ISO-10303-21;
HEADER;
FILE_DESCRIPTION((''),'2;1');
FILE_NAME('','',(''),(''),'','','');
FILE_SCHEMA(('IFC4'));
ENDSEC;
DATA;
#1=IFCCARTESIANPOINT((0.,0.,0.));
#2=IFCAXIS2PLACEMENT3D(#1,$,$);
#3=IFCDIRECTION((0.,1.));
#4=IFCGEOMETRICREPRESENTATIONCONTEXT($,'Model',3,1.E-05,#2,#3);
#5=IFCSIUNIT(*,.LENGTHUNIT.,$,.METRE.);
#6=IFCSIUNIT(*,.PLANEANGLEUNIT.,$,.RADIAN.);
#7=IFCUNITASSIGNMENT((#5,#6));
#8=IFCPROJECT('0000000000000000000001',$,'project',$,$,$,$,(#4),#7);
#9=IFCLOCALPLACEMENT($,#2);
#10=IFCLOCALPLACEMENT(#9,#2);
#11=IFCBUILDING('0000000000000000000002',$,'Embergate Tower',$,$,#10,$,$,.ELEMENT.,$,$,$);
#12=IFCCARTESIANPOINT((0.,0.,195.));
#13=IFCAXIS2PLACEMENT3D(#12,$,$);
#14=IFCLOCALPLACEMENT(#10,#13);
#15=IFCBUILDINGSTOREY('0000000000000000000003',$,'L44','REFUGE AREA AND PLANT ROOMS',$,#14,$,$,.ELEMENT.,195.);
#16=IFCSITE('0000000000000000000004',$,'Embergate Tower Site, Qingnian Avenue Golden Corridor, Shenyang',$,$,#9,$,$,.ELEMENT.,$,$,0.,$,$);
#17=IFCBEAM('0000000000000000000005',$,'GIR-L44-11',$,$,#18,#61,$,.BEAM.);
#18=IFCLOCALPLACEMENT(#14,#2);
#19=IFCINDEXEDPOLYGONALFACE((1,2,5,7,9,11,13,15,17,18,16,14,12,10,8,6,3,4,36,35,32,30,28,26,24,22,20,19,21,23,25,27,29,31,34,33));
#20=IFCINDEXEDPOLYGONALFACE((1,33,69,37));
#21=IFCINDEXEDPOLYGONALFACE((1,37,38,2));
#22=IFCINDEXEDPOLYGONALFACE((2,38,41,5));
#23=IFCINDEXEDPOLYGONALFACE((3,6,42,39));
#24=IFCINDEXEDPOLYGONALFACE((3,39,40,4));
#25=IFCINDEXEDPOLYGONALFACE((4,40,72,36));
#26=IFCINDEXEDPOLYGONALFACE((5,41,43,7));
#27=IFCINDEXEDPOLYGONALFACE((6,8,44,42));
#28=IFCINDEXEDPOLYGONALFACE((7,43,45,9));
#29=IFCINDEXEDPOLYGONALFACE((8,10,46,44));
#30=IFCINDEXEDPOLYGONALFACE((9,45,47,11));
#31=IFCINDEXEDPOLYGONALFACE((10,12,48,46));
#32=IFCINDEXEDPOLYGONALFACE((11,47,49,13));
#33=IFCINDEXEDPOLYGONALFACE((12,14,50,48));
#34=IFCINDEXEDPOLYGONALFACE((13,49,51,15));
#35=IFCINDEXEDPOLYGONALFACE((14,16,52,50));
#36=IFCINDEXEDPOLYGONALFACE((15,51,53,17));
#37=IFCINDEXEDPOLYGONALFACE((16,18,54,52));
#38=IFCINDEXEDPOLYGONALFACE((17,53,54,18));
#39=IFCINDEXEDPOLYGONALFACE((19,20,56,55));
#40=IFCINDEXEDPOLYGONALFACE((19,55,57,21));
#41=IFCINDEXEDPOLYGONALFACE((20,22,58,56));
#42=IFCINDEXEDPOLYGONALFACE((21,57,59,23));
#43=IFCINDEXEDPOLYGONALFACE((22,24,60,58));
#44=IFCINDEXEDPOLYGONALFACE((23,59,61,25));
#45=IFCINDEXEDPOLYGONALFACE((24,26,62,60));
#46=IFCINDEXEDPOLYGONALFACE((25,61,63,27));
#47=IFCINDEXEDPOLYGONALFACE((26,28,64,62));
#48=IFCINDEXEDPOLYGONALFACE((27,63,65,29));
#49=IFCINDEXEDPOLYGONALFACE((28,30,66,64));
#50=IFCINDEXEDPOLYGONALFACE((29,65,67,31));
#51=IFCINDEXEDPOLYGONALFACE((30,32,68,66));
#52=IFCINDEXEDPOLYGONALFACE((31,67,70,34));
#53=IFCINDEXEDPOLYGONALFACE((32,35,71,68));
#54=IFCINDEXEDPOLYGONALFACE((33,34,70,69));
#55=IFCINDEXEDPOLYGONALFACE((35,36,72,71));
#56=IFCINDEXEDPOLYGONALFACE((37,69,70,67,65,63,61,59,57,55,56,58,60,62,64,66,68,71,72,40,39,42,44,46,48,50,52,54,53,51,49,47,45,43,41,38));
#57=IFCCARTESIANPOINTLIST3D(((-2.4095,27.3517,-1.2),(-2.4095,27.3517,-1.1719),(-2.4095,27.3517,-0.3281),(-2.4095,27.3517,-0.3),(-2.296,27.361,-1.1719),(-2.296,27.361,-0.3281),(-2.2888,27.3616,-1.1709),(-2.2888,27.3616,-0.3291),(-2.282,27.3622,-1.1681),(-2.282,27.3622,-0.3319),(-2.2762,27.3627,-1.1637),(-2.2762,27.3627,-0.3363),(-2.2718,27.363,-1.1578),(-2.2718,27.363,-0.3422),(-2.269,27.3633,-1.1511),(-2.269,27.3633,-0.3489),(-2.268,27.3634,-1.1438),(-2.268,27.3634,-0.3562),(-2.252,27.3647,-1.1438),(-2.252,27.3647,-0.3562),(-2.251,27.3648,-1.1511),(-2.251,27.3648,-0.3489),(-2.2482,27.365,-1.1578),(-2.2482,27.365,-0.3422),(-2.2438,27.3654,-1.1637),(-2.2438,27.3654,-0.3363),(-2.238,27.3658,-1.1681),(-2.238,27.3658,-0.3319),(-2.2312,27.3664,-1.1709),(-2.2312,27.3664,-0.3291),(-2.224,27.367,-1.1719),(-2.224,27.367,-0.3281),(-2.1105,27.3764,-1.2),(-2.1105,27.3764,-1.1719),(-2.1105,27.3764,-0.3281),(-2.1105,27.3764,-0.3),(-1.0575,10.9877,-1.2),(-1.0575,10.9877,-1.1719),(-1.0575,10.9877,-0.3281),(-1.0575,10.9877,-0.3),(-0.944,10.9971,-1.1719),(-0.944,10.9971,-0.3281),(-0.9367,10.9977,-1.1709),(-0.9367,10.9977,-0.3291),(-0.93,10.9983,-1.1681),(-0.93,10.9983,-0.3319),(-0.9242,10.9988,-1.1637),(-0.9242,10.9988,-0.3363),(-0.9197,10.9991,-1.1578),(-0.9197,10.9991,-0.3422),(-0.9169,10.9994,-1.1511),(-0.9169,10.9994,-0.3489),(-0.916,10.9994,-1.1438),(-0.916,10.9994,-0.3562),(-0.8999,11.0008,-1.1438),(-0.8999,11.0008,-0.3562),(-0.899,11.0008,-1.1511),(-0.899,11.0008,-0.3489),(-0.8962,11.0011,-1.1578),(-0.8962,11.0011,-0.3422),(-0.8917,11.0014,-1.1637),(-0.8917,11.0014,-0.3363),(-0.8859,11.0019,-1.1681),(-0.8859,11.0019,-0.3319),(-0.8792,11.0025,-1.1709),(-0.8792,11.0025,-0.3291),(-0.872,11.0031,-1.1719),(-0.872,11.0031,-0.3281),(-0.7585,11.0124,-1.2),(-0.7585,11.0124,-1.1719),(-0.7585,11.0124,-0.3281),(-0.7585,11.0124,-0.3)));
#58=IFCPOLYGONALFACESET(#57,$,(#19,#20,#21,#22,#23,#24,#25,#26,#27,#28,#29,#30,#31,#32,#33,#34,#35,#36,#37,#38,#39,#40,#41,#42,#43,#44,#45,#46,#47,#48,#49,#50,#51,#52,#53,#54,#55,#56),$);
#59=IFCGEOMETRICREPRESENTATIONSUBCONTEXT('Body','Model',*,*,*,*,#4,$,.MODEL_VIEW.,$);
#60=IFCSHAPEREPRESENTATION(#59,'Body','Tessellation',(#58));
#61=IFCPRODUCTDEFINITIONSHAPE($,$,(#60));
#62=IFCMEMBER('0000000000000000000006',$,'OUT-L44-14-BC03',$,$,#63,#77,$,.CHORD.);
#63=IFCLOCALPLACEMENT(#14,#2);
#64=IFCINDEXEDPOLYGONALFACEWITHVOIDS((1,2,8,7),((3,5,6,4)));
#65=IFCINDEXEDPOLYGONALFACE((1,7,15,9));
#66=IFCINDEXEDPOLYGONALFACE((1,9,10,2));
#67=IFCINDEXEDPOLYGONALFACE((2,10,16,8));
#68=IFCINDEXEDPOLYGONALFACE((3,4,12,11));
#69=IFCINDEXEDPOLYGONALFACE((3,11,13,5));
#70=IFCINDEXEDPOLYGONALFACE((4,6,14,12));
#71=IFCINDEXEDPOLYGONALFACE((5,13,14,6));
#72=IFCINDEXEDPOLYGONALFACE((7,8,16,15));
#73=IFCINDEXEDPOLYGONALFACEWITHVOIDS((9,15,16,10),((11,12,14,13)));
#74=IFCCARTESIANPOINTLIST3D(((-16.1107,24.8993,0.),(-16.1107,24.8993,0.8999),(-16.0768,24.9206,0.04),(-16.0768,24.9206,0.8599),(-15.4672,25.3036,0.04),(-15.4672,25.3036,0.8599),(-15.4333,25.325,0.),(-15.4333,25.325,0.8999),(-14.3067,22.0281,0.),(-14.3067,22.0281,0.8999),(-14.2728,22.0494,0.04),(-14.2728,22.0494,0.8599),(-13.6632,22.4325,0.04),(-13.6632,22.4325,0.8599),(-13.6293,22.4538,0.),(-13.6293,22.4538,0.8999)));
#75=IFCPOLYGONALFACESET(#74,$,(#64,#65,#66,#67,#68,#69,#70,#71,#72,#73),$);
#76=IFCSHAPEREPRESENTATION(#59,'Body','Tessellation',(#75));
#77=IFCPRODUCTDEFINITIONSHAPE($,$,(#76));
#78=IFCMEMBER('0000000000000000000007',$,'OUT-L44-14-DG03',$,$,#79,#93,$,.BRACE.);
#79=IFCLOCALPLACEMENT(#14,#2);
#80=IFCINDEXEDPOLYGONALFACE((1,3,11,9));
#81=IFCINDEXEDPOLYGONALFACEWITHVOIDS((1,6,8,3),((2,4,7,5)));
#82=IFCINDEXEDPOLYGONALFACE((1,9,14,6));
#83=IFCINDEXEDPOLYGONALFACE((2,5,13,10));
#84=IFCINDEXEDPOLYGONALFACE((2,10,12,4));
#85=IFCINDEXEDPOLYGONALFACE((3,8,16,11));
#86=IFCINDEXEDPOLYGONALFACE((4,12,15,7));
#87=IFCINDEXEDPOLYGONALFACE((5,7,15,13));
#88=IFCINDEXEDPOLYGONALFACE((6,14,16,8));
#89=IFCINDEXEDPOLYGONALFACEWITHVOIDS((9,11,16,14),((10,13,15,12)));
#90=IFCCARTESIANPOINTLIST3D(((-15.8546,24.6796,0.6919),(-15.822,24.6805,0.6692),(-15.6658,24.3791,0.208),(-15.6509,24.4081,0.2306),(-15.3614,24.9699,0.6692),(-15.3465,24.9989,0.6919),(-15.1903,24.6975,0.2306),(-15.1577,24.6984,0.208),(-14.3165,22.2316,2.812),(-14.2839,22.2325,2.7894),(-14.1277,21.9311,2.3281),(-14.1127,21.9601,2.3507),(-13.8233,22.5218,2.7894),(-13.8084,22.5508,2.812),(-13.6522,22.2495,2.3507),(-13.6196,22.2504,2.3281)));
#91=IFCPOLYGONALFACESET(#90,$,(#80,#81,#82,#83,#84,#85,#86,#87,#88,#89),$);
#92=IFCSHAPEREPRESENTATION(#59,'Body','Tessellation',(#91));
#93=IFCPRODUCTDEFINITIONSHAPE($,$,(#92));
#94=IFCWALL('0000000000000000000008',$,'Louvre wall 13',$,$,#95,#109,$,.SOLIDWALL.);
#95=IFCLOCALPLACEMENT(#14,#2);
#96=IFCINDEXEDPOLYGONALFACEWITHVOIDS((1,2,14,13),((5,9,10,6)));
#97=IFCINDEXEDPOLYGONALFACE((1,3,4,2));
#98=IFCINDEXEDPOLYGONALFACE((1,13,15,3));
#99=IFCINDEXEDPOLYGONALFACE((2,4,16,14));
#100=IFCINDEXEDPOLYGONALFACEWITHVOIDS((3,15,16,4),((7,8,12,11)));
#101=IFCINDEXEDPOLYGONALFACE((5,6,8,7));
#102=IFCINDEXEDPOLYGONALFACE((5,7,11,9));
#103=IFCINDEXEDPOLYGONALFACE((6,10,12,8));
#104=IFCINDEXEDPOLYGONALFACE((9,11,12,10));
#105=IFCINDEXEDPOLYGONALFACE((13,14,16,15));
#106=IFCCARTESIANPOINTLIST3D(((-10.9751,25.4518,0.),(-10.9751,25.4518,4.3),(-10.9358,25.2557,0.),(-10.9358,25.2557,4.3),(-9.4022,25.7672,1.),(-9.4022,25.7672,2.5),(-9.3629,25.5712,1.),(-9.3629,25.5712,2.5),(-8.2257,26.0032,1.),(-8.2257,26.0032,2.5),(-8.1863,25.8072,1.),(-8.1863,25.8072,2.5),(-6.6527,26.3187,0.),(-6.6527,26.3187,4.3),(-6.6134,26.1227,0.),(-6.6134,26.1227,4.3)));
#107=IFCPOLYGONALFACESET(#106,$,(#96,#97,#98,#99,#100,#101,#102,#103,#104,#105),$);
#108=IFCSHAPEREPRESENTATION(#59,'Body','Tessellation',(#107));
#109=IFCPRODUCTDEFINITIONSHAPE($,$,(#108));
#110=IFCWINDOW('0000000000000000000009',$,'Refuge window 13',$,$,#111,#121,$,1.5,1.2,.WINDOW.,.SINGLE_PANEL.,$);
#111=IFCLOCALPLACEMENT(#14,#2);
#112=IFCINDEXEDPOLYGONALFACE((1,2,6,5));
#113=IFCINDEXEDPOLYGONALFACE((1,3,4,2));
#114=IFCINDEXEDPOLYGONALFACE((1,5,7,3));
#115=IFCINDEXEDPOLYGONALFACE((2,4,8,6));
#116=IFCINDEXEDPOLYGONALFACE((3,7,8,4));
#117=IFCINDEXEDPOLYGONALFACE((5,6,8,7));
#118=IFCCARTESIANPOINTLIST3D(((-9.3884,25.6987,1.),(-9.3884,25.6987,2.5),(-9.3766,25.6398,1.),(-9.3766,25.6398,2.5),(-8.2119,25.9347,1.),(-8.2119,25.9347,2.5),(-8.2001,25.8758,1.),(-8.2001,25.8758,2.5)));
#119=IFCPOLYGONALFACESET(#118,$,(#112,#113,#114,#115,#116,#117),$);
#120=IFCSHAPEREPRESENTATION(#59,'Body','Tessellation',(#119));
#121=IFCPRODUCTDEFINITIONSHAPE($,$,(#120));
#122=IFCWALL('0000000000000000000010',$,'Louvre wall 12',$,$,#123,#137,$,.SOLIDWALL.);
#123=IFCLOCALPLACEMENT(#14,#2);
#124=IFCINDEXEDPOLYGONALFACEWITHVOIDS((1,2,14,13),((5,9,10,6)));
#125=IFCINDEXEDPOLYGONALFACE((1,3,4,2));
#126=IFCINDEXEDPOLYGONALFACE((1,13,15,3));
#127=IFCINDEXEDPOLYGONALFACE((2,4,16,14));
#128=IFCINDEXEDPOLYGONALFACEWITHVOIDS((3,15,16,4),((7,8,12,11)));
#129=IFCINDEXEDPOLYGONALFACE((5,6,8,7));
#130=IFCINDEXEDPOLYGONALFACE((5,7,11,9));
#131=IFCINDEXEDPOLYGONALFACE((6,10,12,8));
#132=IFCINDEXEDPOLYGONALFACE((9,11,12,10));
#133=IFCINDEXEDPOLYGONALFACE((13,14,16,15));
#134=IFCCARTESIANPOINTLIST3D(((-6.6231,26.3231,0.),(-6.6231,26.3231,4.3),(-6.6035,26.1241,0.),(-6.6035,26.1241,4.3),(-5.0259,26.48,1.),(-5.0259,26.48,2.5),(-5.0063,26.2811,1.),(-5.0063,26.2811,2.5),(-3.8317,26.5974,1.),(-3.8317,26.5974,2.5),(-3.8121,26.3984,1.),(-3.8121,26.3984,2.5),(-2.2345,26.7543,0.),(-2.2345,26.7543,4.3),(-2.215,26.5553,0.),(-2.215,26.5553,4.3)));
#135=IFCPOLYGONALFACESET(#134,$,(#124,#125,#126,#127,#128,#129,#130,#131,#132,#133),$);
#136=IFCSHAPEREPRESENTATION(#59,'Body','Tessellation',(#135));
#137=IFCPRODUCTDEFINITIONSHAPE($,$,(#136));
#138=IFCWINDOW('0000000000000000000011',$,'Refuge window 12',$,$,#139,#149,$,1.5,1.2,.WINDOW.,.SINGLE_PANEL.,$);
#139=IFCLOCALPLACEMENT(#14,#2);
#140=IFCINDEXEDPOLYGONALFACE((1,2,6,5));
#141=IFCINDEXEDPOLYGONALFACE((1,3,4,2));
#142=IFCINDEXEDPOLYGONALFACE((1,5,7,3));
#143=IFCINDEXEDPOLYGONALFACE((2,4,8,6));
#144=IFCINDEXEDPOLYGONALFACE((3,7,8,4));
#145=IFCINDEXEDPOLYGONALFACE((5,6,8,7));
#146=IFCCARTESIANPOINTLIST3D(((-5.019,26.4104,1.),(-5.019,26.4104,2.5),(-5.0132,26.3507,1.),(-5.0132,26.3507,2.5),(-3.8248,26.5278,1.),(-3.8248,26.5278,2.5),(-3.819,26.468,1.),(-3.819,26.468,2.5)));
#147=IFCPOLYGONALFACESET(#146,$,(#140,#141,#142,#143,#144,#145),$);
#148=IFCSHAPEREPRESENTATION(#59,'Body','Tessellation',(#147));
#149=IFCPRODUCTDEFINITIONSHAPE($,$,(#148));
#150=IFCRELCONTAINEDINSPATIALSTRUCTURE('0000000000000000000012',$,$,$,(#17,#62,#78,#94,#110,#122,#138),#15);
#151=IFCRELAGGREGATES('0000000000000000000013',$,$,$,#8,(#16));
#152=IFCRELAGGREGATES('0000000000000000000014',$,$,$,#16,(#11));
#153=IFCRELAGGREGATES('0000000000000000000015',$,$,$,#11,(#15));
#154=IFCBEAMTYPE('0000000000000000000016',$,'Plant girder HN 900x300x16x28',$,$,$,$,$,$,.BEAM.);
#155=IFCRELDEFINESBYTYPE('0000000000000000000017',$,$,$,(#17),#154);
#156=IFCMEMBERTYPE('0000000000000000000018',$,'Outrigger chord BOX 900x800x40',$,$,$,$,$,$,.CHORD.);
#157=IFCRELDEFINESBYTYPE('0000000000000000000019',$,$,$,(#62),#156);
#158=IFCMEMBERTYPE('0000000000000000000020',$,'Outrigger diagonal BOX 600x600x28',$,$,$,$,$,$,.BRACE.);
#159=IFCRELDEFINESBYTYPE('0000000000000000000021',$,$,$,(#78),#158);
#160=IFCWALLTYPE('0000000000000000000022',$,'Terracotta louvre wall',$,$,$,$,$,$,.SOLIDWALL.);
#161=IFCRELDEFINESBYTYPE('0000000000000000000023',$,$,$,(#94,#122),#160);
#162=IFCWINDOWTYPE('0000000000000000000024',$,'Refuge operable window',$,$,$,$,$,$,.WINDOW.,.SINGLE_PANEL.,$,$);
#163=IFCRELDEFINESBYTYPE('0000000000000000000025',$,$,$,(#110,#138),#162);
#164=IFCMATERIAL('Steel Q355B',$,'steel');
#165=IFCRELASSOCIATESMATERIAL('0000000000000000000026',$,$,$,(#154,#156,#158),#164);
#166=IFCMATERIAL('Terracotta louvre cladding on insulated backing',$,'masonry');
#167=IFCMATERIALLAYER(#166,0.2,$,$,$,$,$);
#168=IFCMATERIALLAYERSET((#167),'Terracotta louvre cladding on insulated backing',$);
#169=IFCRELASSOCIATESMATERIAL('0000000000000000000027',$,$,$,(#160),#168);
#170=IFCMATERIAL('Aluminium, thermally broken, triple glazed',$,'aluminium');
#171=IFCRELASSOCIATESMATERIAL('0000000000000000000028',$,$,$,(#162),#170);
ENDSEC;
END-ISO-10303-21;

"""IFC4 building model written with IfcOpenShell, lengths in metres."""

from ifc_helpers import new_model, si_unit, direction, frame, frame_2d, origin, origin_2d, place, context, subcontext, project, spatial, rectangle, hollow_rectangle, i_section, extrude, source, transform, mapped, material, layer, layer_set, material_profile, profile_set, type_object, element, fill, save


model = new_model("IFC4")

# Units and contexts
model_context = context("Model", 3, precision=1e-05, world=origin(), true_north=direction((0.0, 1.0)))
body_context = subcontext(model_context, "Body", "Model", "MODEL_VIEW")
ifc_project = project(units=[si_unit("LENGTHUNIT", "METRE"), si_unit("PLANEANGLEUNIT", "RADIAN")], contexts=[model_context])

# Site, building, storey
site_placement = place(None, origin())
site = spatial("IfcSite", under=ifc_project, at=site_placement, Name="Embergate Tower Site, Qingnian Avenue Golden Corridor, Shenyang", CompositionType="ELEMENT", RefElevation=0.0)
building_placement = place(site_placement, origin())
building = spatial("IfcBuilding", under=site, at=building_placement, Name="Embergate Tower", CompositionType="ELEMENT")
storey_placement = place(building_placement, frame((0.0, 0.0, 195.0)))
storey = spatial("IfcBuildingStorey", under=building, at=storey_placement, Name="L44", Description="REFUGE AREA AND PLANT ROOMS", CompositionType="ELEMENT", Elevation=195.0)

# Beam
ifc_material_1 = material(Name="Steel Q355B", Category="steel")
ifc_material_profile_1 = material_profile(ifc_material_1, i_section(OverallWidth=0.3, OverallDepth=0.8999, WebThickness=0.0161, FlangeThickness=0.0281, FilletRadius=0.0281, at=origin_2d()), Name="HN 900x300x16x28")
ifc_profile_set_1 = profile_set([ifc_material_profile_1], Name="Steel Q355 grade B")
beam_type_1 = type_object("IfcBeamType", Name="Plant girder HN 900x300x16x28", PredefinedType="BEAM", material=ifc_profile_set_1)
shared_shape_1 = source(origin(), body_context, "Body", "SweptSolid", [
    extrude(i_section(OverallWidth=0.3, OverallDepth=0.8999, WebThickness=0.0161, FlangeThickness=0.0281, FilletRadius=0.0281, at=origin_2d()), origin(), (0.0, 0.0, 1.0), 16.4197),
])
beam_1_placement = place(storey_placement, frame((-2.26, 27.364, -0.75), z_axis=(0.082343, -0.996604, 0.0), x_axis=(0.996604, 0.082343, 0.0)))
element("IfcBeam", 1, at=beam_1_placement, inside=storey, type_object=beam_type_1, Name="GIR-L44-11", PredefinedType="BEAM", context=body_context, shape_type="MappedRepresentation", body=[
    mapped(shared_shape_1, transform((0.0, 0.0, 0.0))),
])

# Members
ifc_material_profile_2 = material_profile(ifc_material_1, hollow_rectangle(XDim=0.8, YDim=0.8999, WallThickness=0.04, at=origin_2d()), Name="BOX 900x800x40")
ifc_profile_set_2 = profile_set([ifc_material_profile_2], Name="Steel Q355 grade B")
member_type_1 = type_object("IfcMemberType", Name="Outrigger chord BOX 900x800x40", PredefinedType="CHORD", material=ifc_profile_set_2)
shared_shape_2 = source(origin(), body_context, "Body", "SweptSolid", [
    extrude(hollow_rectangle(XDim=0.8, YDim=0.8999, WallThickness=0.04, at=origin_2d()), origin(), (0.0, 0.0, 1.0), 3.3909),
])
member_1_placement = place(storey_placement, frame((-13.968, 22.241, 0.45), z_axis=(-0.532017, 0.846734, 0.0), x_axis=(-0.846734, -0.532017, 0.0)))
element("IfcMember", 2, at=member_1_placement, inside=storey, type_object=member_type_1, Name="OUT-L44-14-BC03", PredefinedType="CHORD", context=body_context, shape_type="MappedRepresentation", body=[
    mapped(shared_shape_2, transform((0.0, 0.0, 0.0))),
])
ifc_material_profile_3 = material_profile(ifc_material_1, hollow_rectangle(XDim=0.6001, YDim=0.6001, WallThickness=0.0281, at=origin_2d()), Name="BOX 600x600x28")
ifc_profile_set_3 = profile_set([ifc_material_profile_3], Name="Steel Q355 grade B")
member_type_2 = type_object("IfcMemberType", Name="Outrigger diagonal BOX 600x600x28", PredefinedType="BRACE", material=ifc_profile_set_3)
shared_shape_3 = source(origin(), body_context, "Body", "SweptSolid", [
    extrude(hollow_rectangle(XDim=0.6001, YDim=0.6001, WallThickness=0.0281, at=origin_2d()), origin(), (0.0, 0.0, 1.0), 3.5852),
])
member_2_placement = place(storey_placement, frame((-13.968, 22.241, 2.5701), z_axis=(-0.429016, 0.682816, -0.591361), x_axis=(-0.846739, -0.532009, 0.0)))
element("IfcMember", 3, at=member_2_placement, inside=storey, type_object=member_type_2, Name="OUT-L44-14-DG03", PredefinedType="BRACE", context=body_context, shape_type="MappedRepresentation", body=[
    mapped(shared_shape_3, transform((0.0, 0.0, 0.0))),
])

# Walls, openings, windows
ifc_material_2 = material(Name="Terracotta louvre cladding on insulated backing", Category="masonry")
ifc_layer_1 = layer(ifc_material_2, 0.2)
ifc_layer_set_1 = layer_set([ifc_layer_1], Name="Terracotta louvre cladding on insulated backing")
wall_type = type_object("IfcWallType", Name="Terracotta louvre wall", PredefinedType="SOLIDWALL", material=ifc_layer_set_1)
shared_shape_4 = source(origin(), body_context, "Body", "SweptSolid", [
    extrude(rectangle(XDim=4.4084, YDim=0.2, at=frame_2d((2.2041, 0.0))), origin(), (0.0, 0.0, 1.0), 4.3),
])
wall_1_placement = place(storey_placement, frame((-10.9553, 25.3538, 0.0), z_axis=(0.0, 0.0, 1.0), x_axis=(0.980472, 0.196659, 0.0)))
wall_1 = element("IfcWall", 4, at=wall_1_placement, inside=storey, type_object=wall_type, Name="Louvre wall 13", PredefinedType="SOLIDWALL", context=body_context, shape_type="MappedRepresentation", body=[
    mapped(shared_shape_4, transform((0.0, 0.0, 0.0))),
])
shared_shape_5 = source(origin(), body_context, "Body", "SweptSolid", [
    extrude(rectangle(XDim=1.2, YDim=1.5, at=frame_2d((0.6001, 0.75))), frame((0.0, 0.1099, 0.0), z_axis=(0.0, -1.0, 0.0), x_axis=(1.0, 0.0, 0.0)), (0.0, 0.0, 1.0), 0.22),
])
opening_1_placement = place(wall_1_placement, frame((1.604, 0.0, 1.0)))
opening_1 = element("IfcOpeningElement", 5, at=opening_1_placement, cuts=wall_1, PredefinedType="OPENING", context=body_context, shape_type="MappedRepresentation", body=[
    mapped(shared_shape_5, transform((0.0, 0.0, 0.0))),
])
ifc_material_3 = material(Name="Aluminium, thermally broken, triple glazed", Category="aluminium")
window_type = type_object("IfcWindowType", Name="Refuge operable window", PartitioningType="SINGLE_PANEL", PredefinedType="WINDOW", material=ifc_material_3)
shared_shape_6 = source(origin(), body_context, "Body", "SweptSolid", [
    extrude(rectangle(XDim=1.2, YDim=1.5, at=frame_2d((0.6001, 0.75))), frame((0.0, 0.03, 0.0), z_axis=(0.0, -1.0, 0.0), x_axis=(1.0, 0.0, 0.0)), (0.0, 0.0, 1.0), 0.0601),
])
window_1_placement = place(opening_1_placement, origin())
window_1 = element("IfcWindow", 6, at=window_1_placement, inside=storey, type_object=window_type, Name="Refuge window 13", OverallHeight=1.5, OverallWidth=1.2, PartitioningType="SINGLE_PANEL", PredefinedType="WINDOW", context=body_context, shape_type="MappedRepresentation", body=[
    mapped(shared_shape_6, transform((0.0, 0.0, 0.0))),
])
fill(opening_1, window_1)
shared_shape_7 = source(origin(), body_context, "Body", "SweptSolid", [
    extrude(rectangle(XDim=4.4097, YDim=0.2, at=frame_2d((2.2048, 0.0))), origin(), (0.0, 0.0, 1.0), 4.3),
])
wall_2_placement = place(storey_placement, frame((-6.6133, 26.2236, 0.0), z_axis=(0.0, 0.0, 1.0), x_axis=(0.995208, 0.097777, 0.0)))
wall_2 = element("IfcWall", 7, at=wall_2_placement, inside=storey, type_object=wall_type, Name="Louvre wall 12", PredefinedType="SOLIDWALL", context=body_context, shape_type="MappedRepresentation", body=[
    mapped(shared_shape_7, transform((0.0, 0.0, 0.0))),
])
opening_2_placement = place(wall_2_placement, frame((1.6047, 0.0, 1.0)))
opening_2 = element("IfcOpeningElement", 8, at=opening_2_placement, cuts=wall_2, PredefinedType="OPENING", context=body_context, shape_type="MappedRepresentation", body=[
    mapped(shared_shape_5, transform((0.0, 0.0, 0.0))),
])
window_2_placement = place(opening_2_placement, origin())
window_2 = element("IfcWindow", 9, at=window_2_placement, inside=storey, type_object=window_type, Name="Refuge window 12", OverallHeight=1.5, OverallWidth=1.2, PartitioningType="SINGLE_PANEL", PredefinedType="WINDOW", context=body_context, shape_type="MappedRepresentation", body=[
    mapped(shared_shape_6, transform((0.0, 0.0, 0.0))),
])
fill(opening_2, window_2)

save(model, "model.ifc")
